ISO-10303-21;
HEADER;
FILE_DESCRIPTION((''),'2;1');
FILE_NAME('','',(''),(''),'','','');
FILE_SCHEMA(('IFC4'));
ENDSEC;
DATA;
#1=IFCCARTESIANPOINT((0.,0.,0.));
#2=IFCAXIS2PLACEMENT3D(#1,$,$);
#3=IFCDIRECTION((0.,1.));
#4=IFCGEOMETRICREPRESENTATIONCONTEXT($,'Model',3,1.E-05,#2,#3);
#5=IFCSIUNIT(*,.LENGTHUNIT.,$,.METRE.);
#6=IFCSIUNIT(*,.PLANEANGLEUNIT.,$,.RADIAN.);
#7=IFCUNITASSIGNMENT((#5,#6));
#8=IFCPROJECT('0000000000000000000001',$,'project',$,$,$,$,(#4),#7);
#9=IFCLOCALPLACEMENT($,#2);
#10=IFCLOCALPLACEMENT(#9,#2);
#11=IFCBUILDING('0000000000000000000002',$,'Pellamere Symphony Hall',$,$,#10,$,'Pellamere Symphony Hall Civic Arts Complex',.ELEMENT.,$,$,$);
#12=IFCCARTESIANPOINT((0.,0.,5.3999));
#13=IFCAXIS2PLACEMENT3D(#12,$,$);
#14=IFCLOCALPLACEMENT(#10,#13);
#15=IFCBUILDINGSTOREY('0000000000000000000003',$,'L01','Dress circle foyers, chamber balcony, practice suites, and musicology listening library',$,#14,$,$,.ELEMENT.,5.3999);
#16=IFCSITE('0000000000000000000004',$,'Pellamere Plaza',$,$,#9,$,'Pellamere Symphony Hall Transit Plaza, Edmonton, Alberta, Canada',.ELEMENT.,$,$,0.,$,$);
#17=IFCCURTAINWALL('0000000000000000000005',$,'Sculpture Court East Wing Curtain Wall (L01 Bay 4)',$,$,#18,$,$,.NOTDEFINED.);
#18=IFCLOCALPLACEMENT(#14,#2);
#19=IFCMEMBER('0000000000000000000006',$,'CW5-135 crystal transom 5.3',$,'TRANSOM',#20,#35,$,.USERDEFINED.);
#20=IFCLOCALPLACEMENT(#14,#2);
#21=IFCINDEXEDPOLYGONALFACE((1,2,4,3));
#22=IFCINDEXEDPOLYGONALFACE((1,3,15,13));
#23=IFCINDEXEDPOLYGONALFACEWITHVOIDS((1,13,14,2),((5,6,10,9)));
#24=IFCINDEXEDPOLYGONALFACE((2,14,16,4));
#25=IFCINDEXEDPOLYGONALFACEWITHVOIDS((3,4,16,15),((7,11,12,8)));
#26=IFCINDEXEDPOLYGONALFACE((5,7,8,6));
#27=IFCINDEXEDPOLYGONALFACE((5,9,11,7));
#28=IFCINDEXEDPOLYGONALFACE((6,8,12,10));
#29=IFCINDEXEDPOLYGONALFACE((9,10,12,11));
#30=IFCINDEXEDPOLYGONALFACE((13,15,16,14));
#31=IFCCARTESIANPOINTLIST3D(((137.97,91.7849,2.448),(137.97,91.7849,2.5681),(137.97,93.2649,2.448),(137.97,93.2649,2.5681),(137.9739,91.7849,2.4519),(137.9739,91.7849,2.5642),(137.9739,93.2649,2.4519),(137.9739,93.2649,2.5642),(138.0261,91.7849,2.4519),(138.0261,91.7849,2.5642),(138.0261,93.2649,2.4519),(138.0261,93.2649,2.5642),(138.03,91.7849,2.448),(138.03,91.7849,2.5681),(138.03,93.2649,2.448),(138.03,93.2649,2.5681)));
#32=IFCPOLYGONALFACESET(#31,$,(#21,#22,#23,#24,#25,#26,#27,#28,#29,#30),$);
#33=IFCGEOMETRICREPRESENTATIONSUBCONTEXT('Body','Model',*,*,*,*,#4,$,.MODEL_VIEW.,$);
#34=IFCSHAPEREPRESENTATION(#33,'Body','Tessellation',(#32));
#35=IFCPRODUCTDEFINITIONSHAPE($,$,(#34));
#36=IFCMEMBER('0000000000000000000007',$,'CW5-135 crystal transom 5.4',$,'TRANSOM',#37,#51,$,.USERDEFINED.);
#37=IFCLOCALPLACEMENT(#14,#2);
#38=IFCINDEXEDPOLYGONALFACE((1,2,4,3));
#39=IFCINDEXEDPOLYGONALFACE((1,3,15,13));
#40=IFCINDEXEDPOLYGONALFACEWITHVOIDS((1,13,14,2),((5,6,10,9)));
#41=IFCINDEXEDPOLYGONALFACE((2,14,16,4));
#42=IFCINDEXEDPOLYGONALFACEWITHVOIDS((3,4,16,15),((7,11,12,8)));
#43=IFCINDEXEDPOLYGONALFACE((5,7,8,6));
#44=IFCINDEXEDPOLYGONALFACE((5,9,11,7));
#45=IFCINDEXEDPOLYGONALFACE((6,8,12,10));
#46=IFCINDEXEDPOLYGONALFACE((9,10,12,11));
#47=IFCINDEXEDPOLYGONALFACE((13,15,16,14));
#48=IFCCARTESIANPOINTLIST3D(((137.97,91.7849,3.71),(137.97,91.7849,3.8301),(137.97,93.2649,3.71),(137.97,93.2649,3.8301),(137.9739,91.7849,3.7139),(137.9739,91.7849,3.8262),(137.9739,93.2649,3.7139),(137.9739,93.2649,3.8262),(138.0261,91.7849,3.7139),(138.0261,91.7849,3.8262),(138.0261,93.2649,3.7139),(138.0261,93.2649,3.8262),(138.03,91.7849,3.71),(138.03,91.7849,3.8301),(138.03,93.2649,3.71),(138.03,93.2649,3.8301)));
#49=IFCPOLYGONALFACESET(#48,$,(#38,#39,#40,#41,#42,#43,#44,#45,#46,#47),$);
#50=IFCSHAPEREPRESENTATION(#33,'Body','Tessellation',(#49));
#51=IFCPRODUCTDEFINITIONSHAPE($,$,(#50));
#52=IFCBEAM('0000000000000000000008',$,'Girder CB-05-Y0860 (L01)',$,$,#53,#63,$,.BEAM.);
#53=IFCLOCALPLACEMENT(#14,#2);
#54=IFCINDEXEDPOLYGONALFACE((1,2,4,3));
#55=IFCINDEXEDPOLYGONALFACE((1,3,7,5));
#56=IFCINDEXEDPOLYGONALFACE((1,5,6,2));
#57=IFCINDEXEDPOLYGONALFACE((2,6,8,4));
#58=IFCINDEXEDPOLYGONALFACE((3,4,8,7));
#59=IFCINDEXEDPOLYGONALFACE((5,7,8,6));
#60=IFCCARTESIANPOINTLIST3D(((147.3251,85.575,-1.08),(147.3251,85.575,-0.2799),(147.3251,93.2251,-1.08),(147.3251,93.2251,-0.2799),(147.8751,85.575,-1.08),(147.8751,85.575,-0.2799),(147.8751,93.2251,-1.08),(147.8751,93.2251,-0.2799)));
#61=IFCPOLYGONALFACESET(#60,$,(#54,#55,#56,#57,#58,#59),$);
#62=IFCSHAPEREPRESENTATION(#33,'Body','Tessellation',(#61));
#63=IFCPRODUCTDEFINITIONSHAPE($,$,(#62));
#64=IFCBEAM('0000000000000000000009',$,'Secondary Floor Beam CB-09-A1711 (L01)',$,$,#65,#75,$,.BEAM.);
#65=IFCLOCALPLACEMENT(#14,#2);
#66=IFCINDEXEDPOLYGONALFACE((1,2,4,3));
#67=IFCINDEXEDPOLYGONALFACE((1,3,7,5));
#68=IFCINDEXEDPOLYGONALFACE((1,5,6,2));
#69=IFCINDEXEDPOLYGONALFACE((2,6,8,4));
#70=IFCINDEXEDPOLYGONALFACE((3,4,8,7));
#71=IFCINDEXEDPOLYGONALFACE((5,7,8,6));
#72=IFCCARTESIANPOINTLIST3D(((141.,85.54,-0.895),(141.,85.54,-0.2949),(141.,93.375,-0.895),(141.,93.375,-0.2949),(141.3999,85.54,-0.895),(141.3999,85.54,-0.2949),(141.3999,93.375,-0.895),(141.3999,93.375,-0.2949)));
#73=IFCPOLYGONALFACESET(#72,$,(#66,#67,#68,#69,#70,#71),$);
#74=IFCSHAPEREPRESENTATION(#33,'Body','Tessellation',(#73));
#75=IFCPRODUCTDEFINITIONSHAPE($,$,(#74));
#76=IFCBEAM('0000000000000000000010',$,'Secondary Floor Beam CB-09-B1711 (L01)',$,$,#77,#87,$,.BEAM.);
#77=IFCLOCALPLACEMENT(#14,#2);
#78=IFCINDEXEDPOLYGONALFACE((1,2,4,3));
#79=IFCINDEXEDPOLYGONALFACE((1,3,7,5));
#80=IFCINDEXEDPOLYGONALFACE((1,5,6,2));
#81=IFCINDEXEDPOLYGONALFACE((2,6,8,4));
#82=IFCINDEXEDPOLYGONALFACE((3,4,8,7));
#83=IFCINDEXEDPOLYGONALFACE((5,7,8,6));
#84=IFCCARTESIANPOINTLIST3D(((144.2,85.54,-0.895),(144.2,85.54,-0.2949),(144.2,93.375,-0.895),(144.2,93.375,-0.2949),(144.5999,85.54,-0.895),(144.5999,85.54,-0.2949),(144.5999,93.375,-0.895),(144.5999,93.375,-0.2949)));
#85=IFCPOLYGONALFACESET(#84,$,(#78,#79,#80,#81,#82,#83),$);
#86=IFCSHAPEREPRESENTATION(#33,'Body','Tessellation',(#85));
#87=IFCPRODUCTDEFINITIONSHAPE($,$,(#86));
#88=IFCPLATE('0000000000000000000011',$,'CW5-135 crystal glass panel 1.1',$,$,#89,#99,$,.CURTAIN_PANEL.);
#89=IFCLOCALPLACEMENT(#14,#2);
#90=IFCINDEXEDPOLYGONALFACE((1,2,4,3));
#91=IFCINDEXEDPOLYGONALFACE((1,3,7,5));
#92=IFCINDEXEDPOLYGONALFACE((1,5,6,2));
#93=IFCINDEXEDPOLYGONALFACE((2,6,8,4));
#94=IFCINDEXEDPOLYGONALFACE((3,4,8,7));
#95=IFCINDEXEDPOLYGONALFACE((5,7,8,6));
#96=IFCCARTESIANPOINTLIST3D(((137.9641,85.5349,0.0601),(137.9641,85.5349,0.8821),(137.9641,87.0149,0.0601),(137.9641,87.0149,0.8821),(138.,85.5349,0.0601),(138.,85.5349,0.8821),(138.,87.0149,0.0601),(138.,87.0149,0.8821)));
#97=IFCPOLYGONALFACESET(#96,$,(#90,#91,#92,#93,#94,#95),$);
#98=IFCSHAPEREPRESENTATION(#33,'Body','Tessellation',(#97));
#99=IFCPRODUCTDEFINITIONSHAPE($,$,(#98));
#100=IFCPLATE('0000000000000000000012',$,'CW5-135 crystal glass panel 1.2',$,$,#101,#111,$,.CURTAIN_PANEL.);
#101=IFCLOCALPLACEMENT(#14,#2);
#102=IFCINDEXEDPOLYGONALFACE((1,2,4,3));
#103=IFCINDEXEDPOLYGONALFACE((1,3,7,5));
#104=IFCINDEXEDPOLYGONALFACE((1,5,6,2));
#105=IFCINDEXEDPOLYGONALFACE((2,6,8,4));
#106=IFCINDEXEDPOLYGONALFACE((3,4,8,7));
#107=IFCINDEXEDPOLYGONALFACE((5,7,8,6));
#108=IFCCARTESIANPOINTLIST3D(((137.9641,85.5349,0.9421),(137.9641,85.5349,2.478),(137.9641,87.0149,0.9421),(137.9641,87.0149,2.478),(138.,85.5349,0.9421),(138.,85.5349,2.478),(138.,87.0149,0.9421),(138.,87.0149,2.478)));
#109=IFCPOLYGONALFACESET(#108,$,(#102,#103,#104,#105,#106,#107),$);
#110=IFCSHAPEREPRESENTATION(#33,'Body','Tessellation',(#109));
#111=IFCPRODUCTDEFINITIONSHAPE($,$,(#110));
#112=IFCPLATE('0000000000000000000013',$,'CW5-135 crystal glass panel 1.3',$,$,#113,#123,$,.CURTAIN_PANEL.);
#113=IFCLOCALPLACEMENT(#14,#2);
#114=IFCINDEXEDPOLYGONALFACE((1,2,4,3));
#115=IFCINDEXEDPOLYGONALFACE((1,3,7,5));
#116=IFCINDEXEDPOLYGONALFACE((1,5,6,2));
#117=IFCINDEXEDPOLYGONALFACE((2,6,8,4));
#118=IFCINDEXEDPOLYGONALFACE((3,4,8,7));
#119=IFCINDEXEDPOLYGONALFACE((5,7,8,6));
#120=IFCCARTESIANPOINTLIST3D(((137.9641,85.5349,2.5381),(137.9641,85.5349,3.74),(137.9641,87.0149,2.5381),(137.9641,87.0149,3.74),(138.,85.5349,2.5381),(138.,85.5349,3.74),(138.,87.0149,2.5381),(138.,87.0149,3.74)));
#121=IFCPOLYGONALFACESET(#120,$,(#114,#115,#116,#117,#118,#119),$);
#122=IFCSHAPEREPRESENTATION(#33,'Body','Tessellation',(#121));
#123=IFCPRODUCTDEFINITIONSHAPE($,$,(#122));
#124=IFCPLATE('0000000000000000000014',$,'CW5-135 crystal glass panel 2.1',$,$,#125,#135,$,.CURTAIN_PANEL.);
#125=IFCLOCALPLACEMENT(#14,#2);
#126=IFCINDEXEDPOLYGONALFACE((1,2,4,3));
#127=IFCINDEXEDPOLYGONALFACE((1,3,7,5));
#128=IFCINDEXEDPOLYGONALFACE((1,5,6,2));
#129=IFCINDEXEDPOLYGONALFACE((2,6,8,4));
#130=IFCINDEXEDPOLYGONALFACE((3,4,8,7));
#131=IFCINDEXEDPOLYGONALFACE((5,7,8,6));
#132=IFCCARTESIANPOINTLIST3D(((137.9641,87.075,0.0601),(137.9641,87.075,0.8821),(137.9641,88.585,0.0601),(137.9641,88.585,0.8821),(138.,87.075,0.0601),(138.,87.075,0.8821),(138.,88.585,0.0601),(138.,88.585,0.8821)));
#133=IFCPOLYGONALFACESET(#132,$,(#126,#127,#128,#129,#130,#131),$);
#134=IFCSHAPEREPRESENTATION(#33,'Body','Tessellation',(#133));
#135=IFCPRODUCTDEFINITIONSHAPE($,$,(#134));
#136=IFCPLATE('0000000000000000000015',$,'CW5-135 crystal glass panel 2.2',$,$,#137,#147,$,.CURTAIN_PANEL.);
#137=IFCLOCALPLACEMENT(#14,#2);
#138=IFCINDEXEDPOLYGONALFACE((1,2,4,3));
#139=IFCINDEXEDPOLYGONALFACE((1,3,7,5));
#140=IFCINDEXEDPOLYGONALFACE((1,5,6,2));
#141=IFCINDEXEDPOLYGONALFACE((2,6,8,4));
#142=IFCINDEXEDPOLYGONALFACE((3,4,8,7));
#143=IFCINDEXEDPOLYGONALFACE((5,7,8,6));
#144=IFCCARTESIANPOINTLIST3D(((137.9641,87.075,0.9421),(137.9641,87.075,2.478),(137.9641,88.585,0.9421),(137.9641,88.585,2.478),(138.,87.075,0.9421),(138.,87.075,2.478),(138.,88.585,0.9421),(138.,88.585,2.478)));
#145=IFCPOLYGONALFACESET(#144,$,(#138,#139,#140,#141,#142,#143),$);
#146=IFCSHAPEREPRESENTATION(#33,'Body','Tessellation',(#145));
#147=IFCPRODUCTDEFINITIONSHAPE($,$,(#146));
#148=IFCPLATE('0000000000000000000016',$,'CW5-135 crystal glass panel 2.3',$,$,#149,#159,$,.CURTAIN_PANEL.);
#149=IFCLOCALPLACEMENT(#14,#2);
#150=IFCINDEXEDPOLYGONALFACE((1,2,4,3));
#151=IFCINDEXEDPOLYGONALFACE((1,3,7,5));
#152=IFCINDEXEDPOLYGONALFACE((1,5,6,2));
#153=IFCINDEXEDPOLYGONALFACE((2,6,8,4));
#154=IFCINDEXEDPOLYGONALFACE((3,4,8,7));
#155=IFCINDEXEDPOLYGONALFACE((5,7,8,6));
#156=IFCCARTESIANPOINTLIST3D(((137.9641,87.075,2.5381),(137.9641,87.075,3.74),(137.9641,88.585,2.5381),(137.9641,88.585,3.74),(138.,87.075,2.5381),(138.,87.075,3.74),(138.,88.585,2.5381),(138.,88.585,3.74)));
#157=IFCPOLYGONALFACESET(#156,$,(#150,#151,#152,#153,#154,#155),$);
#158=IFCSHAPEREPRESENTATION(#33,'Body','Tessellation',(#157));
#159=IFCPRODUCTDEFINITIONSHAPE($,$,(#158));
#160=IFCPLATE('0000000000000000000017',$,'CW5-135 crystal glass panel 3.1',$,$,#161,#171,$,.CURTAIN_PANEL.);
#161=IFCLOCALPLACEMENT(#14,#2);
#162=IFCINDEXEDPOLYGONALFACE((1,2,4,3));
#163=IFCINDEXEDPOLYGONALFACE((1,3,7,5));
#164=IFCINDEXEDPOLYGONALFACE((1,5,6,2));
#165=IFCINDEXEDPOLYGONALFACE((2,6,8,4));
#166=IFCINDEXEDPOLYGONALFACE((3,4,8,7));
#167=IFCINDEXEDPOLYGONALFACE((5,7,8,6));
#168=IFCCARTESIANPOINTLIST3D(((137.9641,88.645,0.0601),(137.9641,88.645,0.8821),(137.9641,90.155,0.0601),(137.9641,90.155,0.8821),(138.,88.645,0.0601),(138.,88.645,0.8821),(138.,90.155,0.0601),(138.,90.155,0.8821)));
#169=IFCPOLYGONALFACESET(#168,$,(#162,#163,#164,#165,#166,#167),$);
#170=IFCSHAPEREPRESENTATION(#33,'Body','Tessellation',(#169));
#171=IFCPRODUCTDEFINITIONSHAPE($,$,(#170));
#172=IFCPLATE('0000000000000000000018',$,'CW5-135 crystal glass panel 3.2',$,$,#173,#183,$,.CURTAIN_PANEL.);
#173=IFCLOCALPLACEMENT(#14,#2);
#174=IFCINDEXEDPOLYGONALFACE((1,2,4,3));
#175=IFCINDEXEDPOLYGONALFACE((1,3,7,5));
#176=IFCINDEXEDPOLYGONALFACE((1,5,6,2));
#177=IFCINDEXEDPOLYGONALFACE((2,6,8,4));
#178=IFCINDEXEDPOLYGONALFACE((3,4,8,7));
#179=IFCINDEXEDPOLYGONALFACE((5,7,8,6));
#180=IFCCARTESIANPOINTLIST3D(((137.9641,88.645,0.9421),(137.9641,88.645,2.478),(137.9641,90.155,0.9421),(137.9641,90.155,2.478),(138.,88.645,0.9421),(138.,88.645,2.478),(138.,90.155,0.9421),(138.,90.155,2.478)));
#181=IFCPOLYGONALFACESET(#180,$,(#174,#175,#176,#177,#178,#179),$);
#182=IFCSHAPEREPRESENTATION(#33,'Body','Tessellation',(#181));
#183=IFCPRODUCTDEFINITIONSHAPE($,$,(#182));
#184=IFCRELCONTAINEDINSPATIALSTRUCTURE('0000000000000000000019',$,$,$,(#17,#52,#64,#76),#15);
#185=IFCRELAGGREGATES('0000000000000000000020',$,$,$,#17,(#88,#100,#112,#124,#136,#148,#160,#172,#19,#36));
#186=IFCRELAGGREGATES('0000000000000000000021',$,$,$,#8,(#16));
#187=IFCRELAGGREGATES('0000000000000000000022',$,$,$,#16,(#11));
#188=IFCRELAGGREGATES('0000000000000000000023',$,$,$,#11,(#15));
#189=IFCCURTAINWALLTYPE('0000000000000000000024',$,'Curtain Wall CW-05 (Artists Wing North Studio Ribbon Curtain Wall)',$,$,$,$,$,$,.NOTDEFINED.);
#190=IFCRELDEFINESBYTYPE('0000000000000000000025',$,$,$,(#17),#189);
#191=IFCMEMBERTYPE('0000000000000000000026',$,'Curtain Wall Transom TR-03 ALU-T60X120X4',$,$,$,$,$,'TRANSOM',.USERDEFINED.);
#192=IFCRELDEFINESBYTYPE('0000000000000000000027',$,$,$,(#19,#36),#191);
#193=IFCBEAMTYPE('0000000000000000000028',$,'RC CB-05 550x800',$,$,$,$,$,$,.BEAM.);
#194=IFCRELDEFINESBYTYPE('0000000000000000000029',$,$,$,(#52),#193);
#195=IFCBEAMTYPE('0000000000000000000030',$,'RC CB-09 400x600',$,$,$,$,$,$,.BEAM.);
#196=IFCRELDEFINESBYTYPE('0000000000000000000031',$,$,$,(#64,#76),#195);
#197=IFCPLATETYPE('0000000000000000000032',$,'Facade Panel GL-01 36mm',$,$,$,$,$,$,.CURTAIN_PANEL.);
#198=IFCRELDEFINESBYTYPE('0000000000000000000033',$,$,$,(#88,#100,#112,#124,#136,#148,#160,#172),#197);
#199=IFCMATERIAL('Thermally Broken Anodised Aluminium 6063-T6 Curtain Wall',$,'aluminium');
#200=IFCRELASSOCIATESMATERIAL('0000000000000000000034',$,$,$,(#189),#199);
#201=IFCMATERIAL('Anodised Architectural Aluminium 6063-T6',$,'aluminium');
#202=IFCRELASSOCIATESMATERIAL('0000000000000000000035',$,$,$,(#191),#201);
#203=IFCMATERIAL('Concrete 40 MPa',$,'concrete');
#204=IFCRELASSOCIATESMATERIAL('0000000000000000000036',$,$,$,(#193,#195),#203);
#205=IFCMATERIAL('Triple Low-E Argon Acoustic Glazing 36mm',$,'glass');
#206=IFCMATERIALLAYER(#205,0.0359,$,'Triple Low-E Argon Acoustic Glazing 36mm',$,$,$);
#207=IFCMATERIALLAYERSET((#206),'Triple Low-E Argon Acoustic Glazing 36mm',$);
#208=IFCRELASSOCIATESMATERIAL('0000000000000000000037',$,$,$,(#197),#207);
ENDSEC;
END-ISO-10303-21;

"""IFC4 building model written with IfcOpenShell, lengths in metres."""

from ifc_helpers import new_model, si_unit, direction, frame, origin, origin_2d, place, context, subcontext, project, spatial, polyline, rectangle, hollow_rectangle, outline, extrude, material, layer, layer_set, material_profile, profile_set, type_object, element, aggregate, save


model = new_model("IFC4")

# Units and contexts
model_context = context("Model", 3, precision=1e-05, world=origin(), true_north=direction((0.0, 1.0)))
body_context = subcontext(model_context, "Body", "Model", "MODEL_VIEW")
ifc_project = project(units=[si_unit("LENGTHUNIT", "METRE"), si_unit("PLANEANGLEUNIT", "RADIAN")], contexts=[model_context])

# Site, building, storey
site_placement = place(None, origin())
site = spatial("IfcSite", under=ifc_project, at=site_placement, Name="Pellamere Plaza", LongName="Pellamere Symphony Hall Transit Plaza, Edmonton, Alberta, Canada", CompositionType="ELEMENT", RefElevation=0.0)
building_placement = place(site_placement, origin())
building = spatial("IfcBuilding", under=site, at=building_placement, Name="Pellamere Symphony Hall", LongName="Pellamere Symphony Hall Civic Arts Complex", CompositionType="ELEMENT")
storey_placement = place(building_placement, frame((0.0, 0.0, 5.3999)))
storey = spatial("IfcBuildingStorey", under=building, at=storey_placement, Name="L01", Description="Dress circle foyers, chamber balcony, practice suites, and musicology listening library", CompositionType="ELEMENT", Elevation=5.3999)

# Curtain wall, members
ifc_material_1 = material(Name="Thermally Broken Anodised Aluminium 6063-T6 Curtain Wall", Category="aluminium")
curtain_wall_type = type_object("IfcCurtainWallType", Name="Curtain Wall CW-05 (Artists Wing North Studio Ribbon Curtain Wall)", PredefinedType="NOTDEFINED", material=ifc_material_1)
curtain_wall_placement = place(storey_placement, origin())
curtain_wall = element("IfcCurtainWall", 1, at=curtain_wall_placement, inside=storey, type_object=curtain_wall_type, Name="Sculpture Court East Wing Curtain Wall (L01 Bay 4)", PredefinedType="NOTDEFINED")
ifc_material_2 = material(Name="Anodised Architectural Aluminium 6063-T6", Category="aluminium")
ifc_material_profile_1 = material_profile(ifc_material_2, hollow_rectangle(XDim=0.0601, YDim=0.1201, WallThickness=0.0039, at=origin_2d()), Name="ALU-T60X120X4")
ifc_profile_set_1 = profile_set([ifc_material_profile_1], Name="Anodised Architectural Aluminium 6063-T6")
member_type_1 = type_object("IfcMemberType", Name="Curtain Wall Transom TR-03 ALU-T60X120X4", ElementType="TRANSOM", PredefinedType="USERDEFINED", material=ifc_profile_set_1)
member_1_placement = place(storey_placement, frame((138.0, 91.7849, 2.5081), z_axis=(0.0, 1.0, 0.0), x_axis=(-1.0, 0.0, 0.0)))
member_1 = element("IfcMember", 2, at=member_1_placement, type_object=member_type_1, Name="CW5-135 crystal transom 5.3", ObjectType="TRANSOM", PredefinedType="USERDEFINED", context=body_context, shape_type="SweptSolid", body=[
    extrude(hollow_rectangle(XDim=0.0601, YDim=0.1201, WallThickness=0.0039, at=origin_2d()), origin(), (0.0, 0.0, 1.0), 1.48),
])
member_2_placement = place(storey_placement, frame((138.0, 91.7849, 3.77), z_axis=(0.0, 1.0, 0.0), x_axis=(-1.0, 0.0, 0.0)))
member_2 = element("IfcMember", 3, at=member_2_placement, type_object=member_type_1, Name="CW5-135 crystal transom 5.4", ObjectType="TRANSOM", PredefinedType="USERDEFINED", context=body_context, shape_type="SweptSolid", body=[
    extrude(hollow_rectangle(XDim=0.0601, YDim=0.1201, WallThickness=0.0039, at=origin_2d()), origin(), (0.0, 0.0, 1.0), 1.48),
])

# Beams
ifc_material_3 = material(Name="Concrete 40 MPa", Category="concrete")
ifc_material_profile_2 = material_profile(ifc_material_3, rectangle(XDim=0.55, YDim=0.8, at=origin_2d()), Name="RC 550x800")
ifc_profile_set_2 = profile_set([ifc_material_profile_2], Name="Concrete 40 MPa")
beam_type_1 = type_object("IfcBeamType", Name="RC CB-05 550x800", PredefinedType="BEAM", material=ifc_profile_set_2)
beam_placement = place(storey_placement, frame((147.6001, 85.575, -0.6799), z_axis=(0.0, 1.0, 0.0), x_axis=(-1.0, 0.0, 0.0)))
element("IfcBeam", 4, at=beam_placement, inside=storey, type_object=beam_type_1, Name="Girder CB-05-Y0860 (L01)", PredefinedType="BEAM", context=body_context, shape_type="SweptSolid", body=[
    extrude(rectangle(XDim=0.55, YDim=0.8, at=origin_2d()), origin(), (0.0, 0.0, 1.0), 7.6501),
])
ifc_material_profile_3 = material_profile(ifc_material_3, rectangle(XDim=0.3999, YDim=0.6001, at=origin_2d()), Name="RC 400x600")
ifc_profile_set_3 = profile_set([ifc_material_profile_3], Name="Concrete 40 MPa")
beam_type_2 = type_object("IfcBeamType", Name="RC CB-09 400x600", PredefinedType="BEAM", material=ifc_profile_set_3)
for number, where, z_axis, x_axis, name in (
    (5, (141.2, 85.54, -0.595), (0.0, 1.0, 0.0), (-1.0, 0.0, 0.0), "Secondary Floor Beam CB-09-A1711 (L01)"),
    (6, (144.3999, 85.54, -0.595), (0.0, 1.0, 0.0), (-1.0, 0.0, 0.0), "Secondary Floor Beam CB-09-B1711 (L01)"),
):
    element("IfcBeam", number, at=place(storey_placement, frame(where, z_axis=z_axis, x_axis=x_axis)), inside=storey, type_object=beam_type_2, Name=name, PredefinedType="BEAM", context=body_context, shape_type="SweptSolid", body=[
        extrude(rectangle(XDim=0.3999, YDim=0.6001, at=origin_2d()), origin(), (0.0, 0.0, 1.0), 7.835),
    ])

# Plates
ifc_material_4 = material(Name="Triple Low-E Argon Acoustic Glazing 36mm", Category="glass")
ifc_layer = layer(ifc_material_4, 0.0359, Name="Triple Low-E Argon Acoustic Glazing 36mm")
ifc_layer_set = layer_set([ifc_layer], Name="Triple Low-E Argon Acoustic Glazing 36mm")
plate_type = type_object("IfcPlateType", Name="Facade Panel GL-01 36mm", PredefinedType="CURTAIN_PANEL", material=ifc_layer_set)
plate_1_placement = place(storey_placement, frame((138.0, 85.5349, 0.0601), z_axis=(1.0, 0.0, 0.0), x_axis=(0.0, 1.0, 0.0)))
plate_1 = element("IfcPlate", 7, at=plate_1_placement, type_object=plate_type, Name="CW5-135 crystal glass panel 1.1", PredefinedType="CURTAIN_PANEL", context=body_context, shape_type="SweptSolid", body=[
    extrude(outline(polyline([(0.0, 0.0), (1.48, 0.0), (1.48, 0.822), (0.0, 0.822), (0.0, 0.0)])), origin(), (0.0, 0.0, -1.0), 0.0359),
])
plate_2_placement = place(storey_placement, frame((138.0, 85.5349, 0.9421), z_axis=(1.0, 0.0, 0.0), x_axis=(0.0, 1.0, 0.0)))
plate_2 = element("IfcPlate", 8, at=plate_2_placement, type_object=plate_type, Name="CW5-135 crystal glass panel 1.2", PredefinedType="CURTAIN_PANEL", context=body_context, shape_type="SweptSolid", body=[
    extrude(outline(polyline([(0.0, 0.0), (1.48, 0.0), (1.48, 1.5359), (0.0, 1.5359), (0.0, 0.0)])), origin(), (0.0, 0.0, -1.0), 0.0359),
])
plate_3_placement = place(storey_placement, frame((138.0, 85.5349, 2.5381), z_axis=(1.0, 0.0, 0.0), x_axis=(0.0, 1.0, 0.0)))
plate_3 = element("IfcPlate", 9, at=plate_3_placement, type_object=plate_type, Name="CW5-135 crystal glass panel 1.3", PredefinedType="CURTAIN_PANEL", context=body_context, shape_type="SweptSolid", body=[
    extrude(outline(polyline([(0.0, 0.0), (1.48, 0.0), (1.48, 1.2019), (0.0, 1.2019), (0.0, 0.0)])), origin(), (0.0, 0.0, -1.0), 0.0359),
])
plate_4_placement = place(storey_placement, frame((138.0, 87.075, 0.0601), z_axis=(1.0, 0.0, 0.0), x_axis=(0.0, 1.0, 0.0)))
plate_4 = element("IfcPlate", 10, at=plate_4_placement, type_object=plate_type, Name="CW5-135 crystal glass panel 2.1", PredefinedType="CURTAIN_PANEL", context=body_context, shape_type="SweptSolid", body=[
    extrude(outline(polyline([(0.0, 0.0), (1.51, 0.0), (1.51, 0.822), (0.0, 0.822), (0.0, 0.0)])), origin(), (0.0, 0.0, -1.0), 0.0359),
])
plate_5_placement = place(storey_placement, frame((138.0, 87.075, 0.9421), z_axis=(1.0, 0.0, 0.0), x_axis=(0.0, 1.0, 0.0)))
plate_5 = element("IfcPlate", 11, at=plate_5_placement, type_object=plate_type, Name="CW5-135 crystal glass panel 2.2", PredefinedType="CURTAIN_PANEL", context=body_context, shape_type="SweptSolid", body=[
    extrude(outline(polyline([(0.0, 0.0), (1.51, 0.0), (1.51, 1.5359), (0.0, 1.5359), (0.0, 0.0)])), origin(), (0.0, 0.0, -1.0), 0.0359),
])
plate_6_placement = place(storey_placement, frame((138.0, 87.075, 2.5381), z_axis=(1.0, 0.0, 0.0), x_axis=(0.0, 1.0, 0.0)))
plate_6 = element("IfcPlate", 12, at=plate_6_placement, type_object=plate_type, Name="CW5-135 crystal glass panel 2.3", PredefinedType="CURTAIN_PANEL", context=body_context, shape_type="SweptSolid", body=[
    extrude(outline(polyline([(0.0, 0.0), (1.51, 0.0), (1.51, 1.2019), (0.0, 1.2019), (0.0, 0.0)])), origin(), (0.0, 0.0, -1.0), 0.0359),
])
plate_7_placement = place(storey_placement, frame((138.0, 88.645, 0.0601), z_axis=(1.0, 0.0, 0.0), x_axis=(0.0, 1.0, 0.0)))
plate_7 = element("IfcPlate", 13, at=plate_7_placement, type_object=plate_type, Name="CW5-135 crystal glass panel 3.1", PredefinedType="CURTAIN_PANEL", context=body_context, shape_type="SweptSolid", body=[
    extrude(outline(polyline([(0.0, 0.0), (1.51, 0.0), (1.51, 0.822), (0.0, 0.822), (0.0, 0.0)])), origin(), (0.0, 0.0, -1.0), 0.0359),
])
plate_8_placement = place(storey_placement, frame((138.0, 88.645, 0.9421), z_axis=(1.0, 0.0, 0.0), x_axis=(0.0, 1.0, 0.0)))
plate_8 = element("IfcPlate", 14, at=plate_8_placement, type_object=plate_type, Name="CW5-135 crystal glass panel 3.2", PredefinedType="CURTAIN_PANEL", context=body_context, shape_type="SweptSolid", body=[
    extrude(outline(polyline([(0.0, 0.0), (1.51, 0.0), (1.51, 1.5359), (0.0, 1.5359), (0.0, 0.0)])), origin(), (0.0, 0.0, -1.0), 0.0359),
])
aggregate(curtain_wall, [plate_1, plate_2, plate_3, plate_4, plate_5, plate_6, plate_7, plate_8, member_1, member_2])

save(model, "model.ifc")
